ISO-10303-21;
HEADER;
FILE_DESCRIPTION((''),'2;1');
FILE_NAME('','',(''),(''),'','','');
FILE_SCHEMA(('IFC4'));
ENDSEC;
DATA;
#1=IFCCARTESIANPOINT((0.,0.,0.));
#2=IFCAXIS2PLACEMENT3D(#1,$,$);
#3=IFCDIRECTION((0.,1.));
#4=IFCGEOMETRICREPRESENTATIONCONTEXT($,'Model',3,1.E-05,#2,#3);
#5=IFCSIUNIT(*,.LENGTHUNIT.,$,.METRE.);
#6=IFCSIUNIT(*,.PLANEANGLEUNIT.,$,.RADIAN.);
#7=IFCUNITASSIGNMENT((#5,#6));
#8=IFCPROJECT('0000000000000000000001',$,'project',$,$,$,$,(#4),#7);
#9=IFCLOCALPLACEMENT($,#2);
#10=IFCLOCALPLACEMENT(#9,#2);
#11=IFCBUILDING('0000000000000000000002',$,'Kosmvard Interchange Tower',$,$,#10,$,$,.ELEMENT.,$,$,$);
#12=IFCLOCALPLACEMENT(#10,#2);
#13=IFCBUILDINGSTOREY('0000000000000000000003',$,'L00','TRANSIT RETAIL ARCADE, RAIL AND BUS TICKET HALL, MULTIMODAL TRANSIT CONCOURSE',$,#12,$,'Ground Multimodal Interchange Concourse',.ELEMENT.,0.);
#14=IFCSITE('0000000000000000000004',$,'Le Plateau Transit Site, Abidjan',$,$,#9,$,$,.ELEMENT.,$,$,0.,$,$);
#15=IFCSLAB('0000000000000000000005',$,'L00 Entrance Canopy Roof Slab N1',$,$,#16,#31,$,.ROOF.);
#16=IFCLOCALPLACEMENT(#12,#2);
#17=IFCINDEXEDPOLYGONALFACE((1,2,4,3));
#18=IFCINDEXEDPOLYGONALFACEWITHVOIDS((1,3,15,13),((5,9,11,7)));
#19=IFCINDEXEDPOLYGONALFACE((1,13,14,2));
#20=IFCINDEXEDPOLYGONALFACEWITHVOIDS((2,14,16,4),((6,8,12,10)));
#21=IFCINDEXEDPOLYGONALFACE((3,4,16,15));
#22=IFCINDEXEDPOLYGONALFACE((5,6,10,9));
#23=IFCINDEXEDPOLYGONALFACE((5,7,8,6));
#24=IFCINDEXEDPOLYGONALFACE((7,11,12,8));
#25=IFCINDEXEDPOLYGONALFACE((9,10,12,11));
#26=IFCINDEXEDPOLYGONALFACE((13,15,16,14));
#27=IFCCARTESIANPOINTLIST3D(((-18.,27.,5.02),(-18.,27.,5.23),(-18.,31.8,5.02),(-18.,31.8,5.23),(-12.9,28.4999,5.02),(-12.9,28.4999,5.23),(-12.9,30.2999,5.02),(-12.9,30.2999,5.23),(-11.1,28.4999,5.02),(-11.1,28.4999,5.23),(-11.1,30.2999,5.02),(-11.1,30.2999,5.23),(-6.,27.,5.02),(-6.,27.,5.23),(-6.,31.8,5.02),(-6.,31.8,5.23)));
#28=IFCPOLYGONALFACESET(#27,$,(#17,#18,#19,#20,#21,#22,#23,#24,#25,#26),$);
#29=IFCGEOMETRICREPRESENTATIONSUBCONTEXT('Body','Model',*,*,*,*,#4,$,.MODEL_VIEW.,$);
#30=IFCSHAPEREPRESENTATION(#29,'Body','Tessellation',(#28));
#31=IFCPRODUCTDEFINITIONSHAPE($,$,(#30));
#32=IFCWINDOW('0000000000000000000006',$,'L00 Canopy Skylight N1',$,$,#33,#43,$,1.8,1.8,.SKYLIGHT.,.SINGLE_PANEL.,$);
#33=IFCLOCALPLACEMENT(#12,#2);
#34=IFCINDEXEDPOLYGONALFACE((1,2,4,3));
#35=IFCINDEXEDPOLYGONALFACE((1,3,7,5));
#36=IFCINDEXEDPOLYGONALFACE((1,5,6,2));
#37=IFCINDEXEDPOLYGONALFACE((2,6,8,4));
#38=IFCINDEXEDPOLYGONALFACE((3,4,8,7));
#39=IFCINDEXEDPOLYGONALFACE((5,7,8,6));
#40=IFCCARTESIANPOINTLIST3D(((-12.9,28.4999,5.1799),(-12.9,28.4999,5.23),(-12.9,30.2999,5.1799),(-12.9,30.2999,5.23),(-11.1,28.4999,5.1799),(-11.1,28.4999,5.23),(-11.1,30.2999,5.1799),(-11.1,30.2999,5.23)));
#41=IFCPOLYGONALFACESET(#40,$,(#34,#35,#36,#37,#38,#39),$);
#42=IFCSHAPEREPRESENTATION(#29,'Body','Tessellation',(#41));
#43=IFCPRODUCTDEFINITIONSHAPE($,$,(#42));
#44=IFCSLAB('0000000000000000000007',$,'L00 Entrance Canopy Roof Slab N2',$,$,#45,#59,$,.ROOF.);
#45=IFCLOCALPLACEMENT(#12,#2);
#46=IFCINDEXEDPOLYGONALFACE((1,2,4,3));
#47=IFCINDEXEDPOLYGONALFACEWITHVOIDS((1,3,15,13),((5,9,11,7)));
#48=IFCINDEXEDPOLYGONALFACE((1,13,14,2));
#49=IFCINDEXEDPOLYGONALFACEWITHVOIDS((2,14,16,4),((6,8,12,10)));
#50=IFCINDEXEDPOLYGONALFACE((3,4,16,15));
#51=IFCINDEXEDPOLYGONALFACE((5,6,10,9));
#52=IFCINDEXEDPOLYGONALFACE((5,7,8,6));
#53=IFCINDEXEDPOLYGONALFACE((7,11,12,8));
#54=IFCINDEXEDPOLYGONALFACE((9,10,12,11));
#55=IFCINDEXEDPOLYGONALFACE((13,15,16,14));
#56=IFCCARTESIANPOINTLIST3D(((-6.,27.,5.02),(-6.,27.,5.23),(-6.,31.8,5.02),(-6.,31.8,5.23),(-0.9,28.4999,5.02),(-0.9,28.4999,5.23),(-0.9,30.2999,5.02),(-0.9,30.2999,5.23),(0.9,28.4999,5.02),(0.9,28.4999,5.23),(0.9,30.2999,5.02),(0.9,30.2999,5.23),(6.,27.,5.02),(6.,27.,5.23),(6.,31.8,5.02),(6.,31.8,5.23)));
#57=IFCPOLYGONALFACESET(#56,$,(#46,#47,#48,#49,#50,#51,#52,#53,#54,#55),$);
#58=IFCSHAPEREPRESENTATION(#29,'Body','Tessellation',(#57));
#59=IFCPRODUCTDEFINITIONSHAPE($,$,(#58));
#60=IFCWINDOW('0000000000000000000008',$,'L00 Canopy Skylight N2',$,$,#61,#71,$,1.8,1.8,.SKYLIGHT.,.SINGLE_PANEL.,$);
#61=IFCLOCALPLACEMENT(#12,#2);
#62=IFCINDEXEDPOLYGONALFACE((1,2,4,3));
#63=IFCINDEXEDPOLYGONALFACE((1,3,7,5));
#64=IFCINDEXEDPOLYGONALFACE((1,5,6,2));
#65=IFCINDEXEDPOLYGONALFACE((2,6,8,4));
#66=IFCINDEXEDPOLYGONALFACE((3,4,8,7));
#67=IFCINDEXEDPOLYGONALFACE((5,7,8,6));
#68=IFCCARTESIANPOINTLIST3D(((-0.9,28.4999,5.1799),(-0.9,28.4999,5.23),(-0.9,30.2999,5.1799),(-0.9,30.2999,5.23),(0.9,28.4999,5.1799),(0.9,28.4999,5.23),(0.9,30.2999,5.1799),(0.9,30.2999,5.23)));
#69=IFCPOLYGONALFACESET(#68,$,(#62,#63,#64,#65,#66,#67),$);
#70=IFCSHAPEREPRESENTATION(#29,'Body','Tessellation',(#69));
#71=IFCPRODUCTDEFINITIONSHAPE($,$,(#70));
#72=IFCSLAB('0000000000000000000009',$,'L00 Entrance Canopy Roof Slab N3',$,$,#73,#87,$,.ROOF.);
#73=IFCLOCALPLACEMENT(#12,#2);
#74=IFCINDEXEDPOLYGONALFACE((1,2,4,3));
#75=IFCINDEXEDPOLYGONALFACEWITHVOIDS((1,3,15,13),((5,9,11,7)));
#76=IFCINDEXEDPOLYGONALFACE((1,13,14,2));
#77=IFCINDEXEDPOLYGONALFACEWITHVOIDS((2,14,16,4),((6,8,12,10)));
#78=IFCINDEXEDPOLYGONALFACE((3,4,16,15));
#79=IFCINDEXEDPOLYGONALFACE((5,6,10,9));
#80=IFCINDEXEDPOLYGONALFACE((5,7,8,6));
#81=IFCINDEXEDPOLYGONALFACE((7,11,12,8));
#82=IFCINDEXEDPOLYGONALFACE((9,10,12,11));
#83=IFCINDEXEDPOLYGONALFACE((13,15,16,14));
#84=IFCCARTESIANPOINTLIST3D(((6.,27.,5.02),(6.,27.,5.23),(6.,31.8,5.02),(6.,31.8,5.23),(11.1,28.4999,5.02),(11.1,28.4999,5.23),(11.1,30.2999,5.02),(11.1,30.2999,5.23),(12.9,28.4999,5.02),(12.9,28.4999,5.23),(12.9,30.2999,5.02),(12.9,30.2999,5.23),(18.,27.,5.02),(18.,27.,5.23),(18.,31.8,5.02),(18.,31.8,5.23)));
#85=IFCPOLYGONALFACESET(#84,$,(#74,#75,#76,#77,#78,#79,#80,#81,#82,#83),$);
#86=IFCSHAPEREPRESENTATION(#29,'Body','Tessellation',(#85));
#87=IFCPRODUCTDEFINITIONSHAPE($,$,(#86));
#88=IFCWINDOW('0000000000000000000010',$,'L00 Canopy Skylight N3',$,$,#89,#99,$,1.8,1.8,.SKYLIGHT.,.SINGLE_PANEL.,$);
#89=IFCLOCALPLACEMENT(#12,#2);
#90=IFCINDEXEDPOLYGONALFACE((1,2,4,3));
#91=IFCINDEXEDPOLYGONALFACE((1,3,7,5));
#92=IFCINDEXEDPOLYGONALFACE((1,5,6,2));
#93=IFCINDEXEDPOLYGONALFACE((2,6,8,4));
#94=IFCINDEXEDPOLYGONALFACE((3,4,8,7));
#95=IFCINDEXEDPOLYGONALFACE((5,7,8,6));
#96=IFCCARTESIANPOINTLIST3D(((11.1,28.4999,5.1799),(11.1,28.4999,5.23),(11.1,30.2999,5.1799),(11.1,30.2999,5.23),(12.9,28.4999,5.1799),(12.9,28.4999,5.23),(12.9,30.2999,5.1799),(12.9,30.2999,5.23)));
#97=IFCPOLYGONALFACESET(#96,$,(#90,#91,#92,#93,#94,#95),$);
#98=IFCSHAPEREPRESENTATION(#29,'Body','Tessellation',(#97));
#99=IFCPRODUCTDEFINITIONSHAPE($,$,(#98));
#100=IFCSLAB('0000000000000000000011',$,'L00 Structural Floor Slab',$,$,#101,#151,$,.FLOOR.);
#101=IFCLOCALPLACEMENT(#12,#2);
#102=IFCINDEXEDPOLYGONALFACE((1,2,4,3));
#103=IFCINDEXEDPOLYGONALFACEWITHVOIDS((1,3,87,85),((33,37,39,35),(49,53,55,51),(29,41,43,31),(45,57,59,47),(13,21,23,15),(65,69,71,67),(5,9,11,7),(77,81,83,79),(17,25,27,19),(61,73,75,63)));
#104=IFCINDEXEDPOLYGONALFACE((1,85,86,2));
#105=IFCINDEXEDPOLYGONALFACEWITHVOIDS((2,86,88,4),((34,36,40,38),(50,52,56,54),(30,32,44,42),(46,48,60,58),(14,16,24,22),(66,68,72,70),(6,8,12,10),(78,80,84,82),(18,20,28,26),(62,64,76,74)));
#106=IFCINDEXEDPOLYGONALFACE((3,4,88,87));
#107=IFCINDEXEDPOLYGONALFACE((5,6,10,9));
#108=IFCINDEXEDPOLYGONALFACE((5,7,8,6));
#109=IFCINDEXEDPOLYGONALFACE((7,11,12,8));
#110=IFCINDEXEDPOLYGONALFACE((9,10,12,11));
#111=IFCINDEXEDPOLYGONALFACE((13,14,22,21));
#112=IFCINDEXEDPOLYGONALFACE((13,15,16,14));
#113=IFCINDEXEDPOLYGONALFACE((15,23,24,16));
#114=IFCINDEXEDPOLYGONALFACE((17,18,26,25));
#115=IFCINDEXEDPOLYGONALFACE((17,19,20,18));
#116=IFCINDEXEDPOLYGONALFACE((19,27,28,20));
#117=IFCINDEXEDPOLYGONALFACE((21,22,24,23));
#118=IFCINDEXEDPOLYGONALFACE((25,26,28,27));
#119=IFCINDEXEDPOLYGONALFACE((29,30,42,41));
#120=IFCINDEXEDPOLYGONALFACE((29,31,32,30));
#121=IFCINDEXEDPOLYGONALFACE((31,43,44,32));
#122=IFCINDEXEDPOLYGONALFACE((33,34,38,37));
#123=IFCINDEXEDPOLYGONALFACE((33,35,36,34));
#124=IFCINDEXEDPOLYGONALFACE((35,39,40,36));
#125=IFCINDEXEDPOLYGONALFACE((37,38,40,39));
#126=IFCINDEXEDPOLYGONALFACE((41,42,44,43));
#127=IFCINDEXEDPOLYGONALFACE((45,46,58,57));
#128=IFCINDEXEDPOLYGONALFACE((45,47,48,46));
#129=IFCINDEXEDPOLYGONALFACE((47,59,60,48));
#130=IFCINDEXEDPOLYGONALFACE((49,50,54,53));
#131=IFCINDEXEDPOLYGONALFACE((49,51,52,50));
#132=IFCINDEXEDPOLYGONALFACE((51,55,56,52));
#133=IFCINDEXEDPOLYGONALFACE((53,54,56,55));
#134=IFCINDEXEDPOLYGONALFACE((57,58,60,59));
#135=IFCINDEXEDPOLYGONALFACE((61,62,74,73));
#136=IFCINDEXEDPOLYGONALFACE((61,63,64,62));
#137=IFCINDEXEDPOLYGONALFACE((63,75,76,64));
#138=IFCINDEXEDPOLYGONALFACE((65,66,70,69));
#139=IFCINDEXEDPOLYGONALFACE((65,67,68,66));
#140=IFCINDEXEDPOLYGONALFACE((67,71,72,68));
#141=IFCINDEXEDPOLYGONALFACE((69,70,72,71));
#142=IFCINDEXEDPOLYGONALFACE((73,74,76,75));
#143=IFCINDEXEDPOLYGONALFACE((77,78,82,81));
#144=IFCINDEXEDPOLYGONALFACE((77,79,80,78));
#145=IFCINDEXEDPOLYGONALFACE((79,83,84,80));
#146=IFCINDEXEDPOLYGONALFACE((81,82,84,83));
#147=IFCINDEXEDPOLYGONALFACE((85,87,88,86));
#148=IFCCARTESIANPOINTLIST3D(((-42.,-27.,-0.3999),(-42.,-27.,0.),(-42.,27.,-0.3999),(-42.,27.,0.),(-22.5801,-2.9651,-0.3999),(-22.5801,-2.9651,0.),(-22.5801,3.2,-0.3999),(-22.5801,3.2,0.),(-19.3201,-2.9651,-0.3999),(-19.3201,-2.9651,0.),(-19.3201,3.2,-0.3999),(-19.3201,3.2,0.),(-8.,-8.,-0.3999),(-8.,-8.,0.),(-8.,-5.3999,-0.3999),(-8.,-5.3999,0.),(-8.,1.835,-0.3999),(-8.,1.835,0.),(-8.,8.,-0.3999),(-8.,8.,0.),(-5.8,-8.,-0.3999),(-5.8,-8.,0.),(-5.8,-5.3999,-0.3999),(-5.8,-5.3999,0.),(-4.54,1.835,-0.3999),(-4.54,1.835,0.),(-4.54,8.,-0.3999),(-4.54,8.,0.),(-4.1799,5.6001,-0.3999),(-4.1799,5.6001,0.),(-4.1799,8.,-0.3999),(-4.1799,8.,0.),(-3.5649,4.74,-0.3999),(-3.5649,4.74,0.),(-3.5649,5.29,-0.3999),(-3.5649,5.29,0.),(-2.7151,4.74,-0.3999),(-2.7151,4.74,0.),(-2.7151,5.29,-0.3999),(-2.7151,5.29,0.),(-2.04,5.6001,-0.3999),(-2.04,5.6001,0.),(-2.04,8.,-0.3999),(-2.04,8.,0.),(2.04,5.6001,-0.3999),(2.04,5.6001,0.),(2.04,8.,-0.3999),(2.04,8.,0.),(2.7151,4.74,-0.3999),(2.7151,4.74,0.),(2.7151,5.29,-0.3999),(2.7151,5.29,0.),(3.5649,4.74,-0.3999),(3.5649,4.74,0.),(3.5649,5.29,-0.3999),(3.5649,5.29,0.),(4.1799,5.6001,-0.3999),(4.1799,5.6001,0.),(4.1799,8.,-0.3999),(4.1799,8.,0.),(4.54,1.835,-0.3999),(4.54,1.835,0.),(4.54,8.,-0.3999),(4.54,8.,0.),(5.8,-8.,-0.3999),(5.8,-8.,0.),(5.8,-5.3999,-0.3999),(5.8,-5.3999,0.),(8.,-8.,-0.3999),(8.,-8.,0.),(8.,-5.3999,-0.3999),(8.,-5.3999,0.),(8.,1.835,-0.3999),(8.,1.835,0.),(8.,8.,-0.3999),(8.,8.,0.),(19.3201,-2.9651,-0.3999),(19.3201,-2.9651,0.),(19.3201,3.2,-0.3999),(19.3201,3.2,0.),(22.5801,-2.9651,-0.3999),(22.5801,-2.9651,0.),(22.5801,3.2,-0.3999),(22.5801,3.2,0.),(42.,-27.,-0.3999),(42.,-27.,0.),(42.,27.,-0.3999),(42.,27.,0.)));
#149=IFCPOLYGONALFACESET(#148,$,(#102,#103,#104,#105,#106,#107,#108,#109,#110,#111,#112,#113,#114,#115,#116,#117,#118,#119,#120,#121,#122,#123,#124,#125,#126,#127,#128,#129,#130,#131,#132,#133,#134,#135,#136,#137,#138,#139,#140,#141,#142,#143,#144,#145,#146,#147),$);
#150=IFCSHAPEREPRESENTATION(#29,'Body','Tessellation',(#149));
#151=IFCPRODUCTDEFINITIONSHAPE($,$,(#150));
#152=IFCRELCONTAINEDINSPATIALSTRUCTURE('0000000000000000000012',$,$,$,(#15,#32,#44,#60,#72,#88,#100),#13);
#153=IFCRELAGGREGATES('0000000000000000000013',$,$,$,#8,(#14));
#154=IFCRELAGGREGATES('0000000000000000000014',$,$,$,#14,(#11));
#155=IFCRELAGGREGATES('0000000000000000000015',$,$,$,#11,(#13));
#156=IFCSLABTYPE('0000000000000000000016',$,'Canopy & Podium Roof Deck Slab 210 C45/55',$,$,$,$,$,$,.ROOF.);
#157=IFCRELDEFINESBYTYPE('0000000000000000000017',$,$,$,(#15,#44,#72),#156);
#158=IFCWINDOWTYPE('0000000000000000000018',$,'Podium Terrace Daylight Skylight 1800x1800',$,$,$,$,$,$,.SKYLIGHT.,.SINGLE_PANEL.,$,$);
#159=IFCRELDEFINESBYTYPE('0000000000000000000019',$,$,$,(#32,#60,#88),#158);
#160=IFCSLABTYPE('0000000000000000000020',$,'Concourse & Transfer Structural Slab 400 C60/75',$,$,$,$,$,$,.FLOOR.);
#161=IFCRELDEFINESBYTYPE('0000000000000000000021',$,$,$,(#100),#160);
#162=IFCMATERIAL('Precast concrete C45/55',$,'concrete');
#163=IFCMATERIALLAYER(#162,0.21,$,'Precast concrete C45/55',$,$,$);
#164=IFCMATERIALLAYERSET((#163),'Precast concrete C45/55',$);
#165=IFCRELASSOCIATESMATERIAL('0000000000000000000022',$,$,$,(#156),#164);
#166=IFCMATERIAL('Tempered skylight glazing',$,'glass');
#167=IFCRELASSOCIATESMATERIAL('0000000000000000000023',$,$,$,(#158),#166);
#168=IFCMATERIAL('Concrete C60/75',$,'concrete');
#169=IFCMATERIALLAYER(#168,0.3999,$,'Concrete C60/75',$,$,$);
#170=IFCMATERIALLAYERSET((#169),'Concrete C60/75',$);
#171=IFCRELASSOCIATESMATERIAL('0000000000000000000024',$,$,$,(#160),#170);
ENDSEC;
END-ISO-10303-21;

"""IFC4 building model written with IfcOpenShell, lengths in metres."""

from ifc_helpers import new_model, si_unit, direction, frame, origin, origin_2d, place, context, subcontext, project, spatial, polyline, rectangle, outline, extrude, material, layer, layer_set, type_object, element, fill, save


model = new_model("IFC4")

# Units and contexts
model_context = context("Model", 3, precision=1e-05, world=origin(), true_north=direction((0.0, 1.0)))
body_context = subcontext(model_context, "Body", "Model", "MODEL_VIEW")
ifc_project = project(units=[si_unit("LENGTHUNIT", "METRE"), si_unit("PLANEANGLEUNIT", "RADIAN")], contexts=[model_context])

# Site, building, storey
site_placement = place(None, origin())
site = spatial("IfcSite", under=ifc_project, at=site_placement, Name="Le Plateau Transit Site, Abidjan", CompositionType="ELEMENT", RefElevation=0.0)
building_placement = place(site_placement, origin())
building = spatial("IfcBuilding", under=site, at=building_placement, Name="Kosmvard Interchange Tower", CompositionType="ELEMENT")
storey_placement = place(building_placement, origin())
storey = spatial("IfcBuildingStorey", under=building, at=storey_placement, Name="L00", Description="TRANSIT RETAIL ARCADE, RAIL AND BUS TICKET HALL, MULTIMODAL TRANSIT CONCOURSE", LongName="Ground Multimodal Interchange Concourse", CompositionType="ELEMENT", Elevation=0.0)

# Shared definitions
ifc_material_1 = material(Name="Precast concrete C45/55", Category="concrete")
ifc_layer_1 = layer(ifc_material_1, 0.21, Name="Precast concrete C45/55")
ifc_layer_set_1 = layer_set([ifc_layer_1], Name="Precast concrete C45/55")
slab_type_1 = type_object("IfcSlabType", Name="Canopy & Podium Roof Deck Slab 210 C45/55", PredefinedType="ROOF", material=ifc_layer_set_1)
ifc_material_2 = material(Name="Tempered skylight glazing", Category="glass")
window_type_1 = type_object("IfcWindowType", Name="Podium Terrace Daylight Skylight 1800x1800", PartitioningType="SINGLE_PANEL", PredefinedType="SKYLIGHT", material=ifc_material_2)

# Slabs, openings, windows
slab_1_placement = place(storey_placement, frame((0.0, 0.0, 5.02)))
slab_1 = element("IfcSlab", 1, at=slab_1_placement, inside=storey, type_object=slab_type_1, Name="L00 Entrance Canopy Roof Slab N1", PredefinedType="ROOF", context=body_context, shape_type="SweptSolid", body=[
    extrude(outline(polyline([(-18.0, 27.0), (-6.0, 27.0), (-6.0, 31.8), (-18.0, 31.8), (-18.0, 27.0)])), origin(), (0.0, 0.0, 1.0), 0.21),
])
opening_1_placement = place(slab_1_placement, frame((-12.0, 29.3999, -0.01)))
opening_1 = element("IfcOpeningElement", 2, at=opening_1_placement, cuts=slab_1, PredefinedType="OPENING", context=body_context, shape_type="SweptSolid", body=[
    extrude(rectangle(XDim=1.8, YDim=1.8, at=origin_2d()), origin(), (0.0, 0.0, 1.0), 0.23),
])
window_1_placement = place(opening_1_placement, frame((0.0, 0.0, 0.1699)))
window_1 = element("IfcWindow", 3, at=window_1_placement, inside=storey, type_object=window_type_1, Name="L00 Canopy Skylight N1", OverallHeight=1.8, OverallWidth=1.8, PartitioningType="SINGLE_PANEL", PredefinedType="SKYLIGHT", context=body_context, shape_type="SweptSolid", body=[
    extrude(rectangle(XDim=1.8, YDim=1.8, at=origin_2d()), origin(), (0.0, 0.0, 1.0), 0.05),
])
fill(opening_1, window_1)
slab_2_placement = place(storey_placement, frame((0.0, 0.0, 5.02)))
slab_2 = element("IfcSlab", 4, at=slab_2_placement, inside=storey, type_object=slab_type_1, Name="L00 Entrance Canopy Roof Slab N2", PredefinedType="ROOF", context=body_context, shape_type="SweptSolid", body=[
    extrude(outline(polyline([(-6.0, 27.0), (6.0, 27.0), (6.0, 31.8), (-6.0, 31.8), (-6.0, 27.0)])), origin(), (0.0, 0.0, 1.0), 0.21),
])
opening_2_placement = place(slab_2_placement, frame((0.0, 29.3999, -0.01)))
opening_2 = element("IfcOpeningElement", 5, at=opening_2_placement, cuts=slab_2, PredefinedType="OPENING", context=body_context, shape_type="SweptSolid", body=[
    extrude(rectangle(XDim=1.8, YDim=1.8, at=origin_2d()), origin(), (0.0, 0.0, 1.0), 0.23),
])
window_2_placement = place(opening_2_placement, frame((0.0, 0.0, 0.1699)))
window_2 = element("IfcWindow", 6, at=window_2_placement, inside=storey, type_object=window_type_1, Name="L00 Canopy Skylight N2", OverallHeight=1.8, OverallWidth=1.8, PartitioningType="SINGLE_PANEL", PredefinedType="SKYLIGHT", context=body_context, shape_type="SweptSolid", body=[
    extrude(rectangle(XDim=1.8, YDim=1.8, at=origin_2d()), origin(), (0.0, 0.0, 1.0), 0.05),
])
fill(opening_2, window_2)
slab_3_placement = place(storey_placement, frame((0.0, 0.0, 5.02)))
slab_3 = element("IfcSlab", 7, at=slab_3_placement, inside=storey, type_object=slab_type_1, Name="L00 Entrance Canopy Roof Slab N3", PredefinedType="ROOF", context=body_context, shape_type="SweptSolid", body=[
    extrude(outline(polyline([(6.0, 27.0), (18.0, 27.0), (18.0, 31.8), (6.0, 31.8), (6.0, 27.0)])), origin(), (0.0, 0.0, 1.0), 0.21),
])
opening_3_placement = place(slab_3_placement, frame((12.0, 29.3999, -0.01)))
opening_3 = element("IfcOpeningElement", 8, at=opening_3_placement, cuts=slab_3, PredefinedType="OPENING", context=body_context, shape_type="SweptSolid", body=[
    extrude(rectangle(XDim=1.8, YDim=1.8, at=origin_2d()), origin(), (0.0, 0.0, 1.0), 0.23),
])
window_3_placement = place(opening_3_placement, frame((0.0, 0.0, 0.1699)))
window_3 = element("IfcWindow", 9, at=window_3_placement, inside=storey, type_object=window_type_1, Name="L00 Canopy Skylight N3", OverallHeight=1.8, OverallWidth=1.8, PartitioningType="SINGLE_PANEL", PredefinedType="SKYLIGHT", context=body_context, shape_type="SweptSolid", body=[
    extrude(rectangle(XDim=1.8, YDim=1.8, at=origin_2d()), origin(), (0.0, 0.0, 1.0), 0.05),
])
fill(opening_3, window_3)

# Slab
ifc_material_3 = material(Name="Concrete C60/75", Category="concrete")
ifc_layer_2 = layer(ifc_material_3, 0.3999, Name="Concrete C60/75")
ifc_layer_set_2 = layer_set([ifc_layer_2], Name="Concrete C60/75")
slab_type_2 = type_object("IfcSlabType", Name="Concourse & Transfer Structural Slab 400 C60/75", PredefinedType="FLOOR", material=ifc_layer_set_2)
slab_4_placement = place(storey_placement, frame((0.0, 0.0, -0.3999)))
element("IfcSlab", 10, at=slab_4_placement, inside=storey, type_object=slab_type_2, Name="L00 Structural Floor Slab", PredefinedType="FLOOR", context=body_context, shape_type="SweptSolid", body=[
    extrude(outline(polyline([(-42.0, -27.0), (42.0, -27.0), (42.0, 27.0), (-42.0, 27.0), (-42.0, -27.0)]), holes=[polyline([(-8.0, 1.835), (-4.54, 1.835), (-4.54, 8.0), (-8.0, 8.0), (-8.0, 1.835)]), polyline([(4.54, 1.835), (8.0, 1.835), (8.0, 8.0), (4.54, 8.0), (4.54, 1.835)]), polyline([(-22.5801, -2.9651), (-19.3201, -2.9651), (-19.3201, 3.2), (-22.5801, 3.2), (-22.5801, -2.9651)]), polyline([(19.3201, -2.9651), (22.5801, -2.9651), (22.5801, 3.2), (19.3201, 3.2), (19.3201, -2.9651)]), polyline([(-8.0, -8.0), (-5.8, -8.0), (-5.8, -5.3999), (-8.0, -5.3999), (-8.0, -8.0)]), polyline([(5.8, -8.0), (8.0, -8.0), (8.0, -5.3999), (5.8, -5.3999), (5.8, -8.0)]), polyline([(-4.1799, 5.6001), (-2.04, 5.6001), (-2.04, 8.0), (-4.1799, 8.0), (-4.1799, 5.6001)]), polyline([(2.04, 5.6001), (4.1799, 5.6001), (4.1799, 8.0), (2.04, 8.0), (2.04, 5.6001)]), polyline([(-3.5649, 4.74), (-2.7151, 4.74), (-2.7151, 5.29), (-3.5649, 5.29), (-3.5649, 4.74)]), polyline([(2.7151, 4.74), (3.5649, 4.74), (3.5649, 5.29), (2.7151, 5.29), (2.7151, 4.74)])]), origin(), (0.0, 0.0, 1.0), 0.3999),
])

save(model, "model.ifc")
